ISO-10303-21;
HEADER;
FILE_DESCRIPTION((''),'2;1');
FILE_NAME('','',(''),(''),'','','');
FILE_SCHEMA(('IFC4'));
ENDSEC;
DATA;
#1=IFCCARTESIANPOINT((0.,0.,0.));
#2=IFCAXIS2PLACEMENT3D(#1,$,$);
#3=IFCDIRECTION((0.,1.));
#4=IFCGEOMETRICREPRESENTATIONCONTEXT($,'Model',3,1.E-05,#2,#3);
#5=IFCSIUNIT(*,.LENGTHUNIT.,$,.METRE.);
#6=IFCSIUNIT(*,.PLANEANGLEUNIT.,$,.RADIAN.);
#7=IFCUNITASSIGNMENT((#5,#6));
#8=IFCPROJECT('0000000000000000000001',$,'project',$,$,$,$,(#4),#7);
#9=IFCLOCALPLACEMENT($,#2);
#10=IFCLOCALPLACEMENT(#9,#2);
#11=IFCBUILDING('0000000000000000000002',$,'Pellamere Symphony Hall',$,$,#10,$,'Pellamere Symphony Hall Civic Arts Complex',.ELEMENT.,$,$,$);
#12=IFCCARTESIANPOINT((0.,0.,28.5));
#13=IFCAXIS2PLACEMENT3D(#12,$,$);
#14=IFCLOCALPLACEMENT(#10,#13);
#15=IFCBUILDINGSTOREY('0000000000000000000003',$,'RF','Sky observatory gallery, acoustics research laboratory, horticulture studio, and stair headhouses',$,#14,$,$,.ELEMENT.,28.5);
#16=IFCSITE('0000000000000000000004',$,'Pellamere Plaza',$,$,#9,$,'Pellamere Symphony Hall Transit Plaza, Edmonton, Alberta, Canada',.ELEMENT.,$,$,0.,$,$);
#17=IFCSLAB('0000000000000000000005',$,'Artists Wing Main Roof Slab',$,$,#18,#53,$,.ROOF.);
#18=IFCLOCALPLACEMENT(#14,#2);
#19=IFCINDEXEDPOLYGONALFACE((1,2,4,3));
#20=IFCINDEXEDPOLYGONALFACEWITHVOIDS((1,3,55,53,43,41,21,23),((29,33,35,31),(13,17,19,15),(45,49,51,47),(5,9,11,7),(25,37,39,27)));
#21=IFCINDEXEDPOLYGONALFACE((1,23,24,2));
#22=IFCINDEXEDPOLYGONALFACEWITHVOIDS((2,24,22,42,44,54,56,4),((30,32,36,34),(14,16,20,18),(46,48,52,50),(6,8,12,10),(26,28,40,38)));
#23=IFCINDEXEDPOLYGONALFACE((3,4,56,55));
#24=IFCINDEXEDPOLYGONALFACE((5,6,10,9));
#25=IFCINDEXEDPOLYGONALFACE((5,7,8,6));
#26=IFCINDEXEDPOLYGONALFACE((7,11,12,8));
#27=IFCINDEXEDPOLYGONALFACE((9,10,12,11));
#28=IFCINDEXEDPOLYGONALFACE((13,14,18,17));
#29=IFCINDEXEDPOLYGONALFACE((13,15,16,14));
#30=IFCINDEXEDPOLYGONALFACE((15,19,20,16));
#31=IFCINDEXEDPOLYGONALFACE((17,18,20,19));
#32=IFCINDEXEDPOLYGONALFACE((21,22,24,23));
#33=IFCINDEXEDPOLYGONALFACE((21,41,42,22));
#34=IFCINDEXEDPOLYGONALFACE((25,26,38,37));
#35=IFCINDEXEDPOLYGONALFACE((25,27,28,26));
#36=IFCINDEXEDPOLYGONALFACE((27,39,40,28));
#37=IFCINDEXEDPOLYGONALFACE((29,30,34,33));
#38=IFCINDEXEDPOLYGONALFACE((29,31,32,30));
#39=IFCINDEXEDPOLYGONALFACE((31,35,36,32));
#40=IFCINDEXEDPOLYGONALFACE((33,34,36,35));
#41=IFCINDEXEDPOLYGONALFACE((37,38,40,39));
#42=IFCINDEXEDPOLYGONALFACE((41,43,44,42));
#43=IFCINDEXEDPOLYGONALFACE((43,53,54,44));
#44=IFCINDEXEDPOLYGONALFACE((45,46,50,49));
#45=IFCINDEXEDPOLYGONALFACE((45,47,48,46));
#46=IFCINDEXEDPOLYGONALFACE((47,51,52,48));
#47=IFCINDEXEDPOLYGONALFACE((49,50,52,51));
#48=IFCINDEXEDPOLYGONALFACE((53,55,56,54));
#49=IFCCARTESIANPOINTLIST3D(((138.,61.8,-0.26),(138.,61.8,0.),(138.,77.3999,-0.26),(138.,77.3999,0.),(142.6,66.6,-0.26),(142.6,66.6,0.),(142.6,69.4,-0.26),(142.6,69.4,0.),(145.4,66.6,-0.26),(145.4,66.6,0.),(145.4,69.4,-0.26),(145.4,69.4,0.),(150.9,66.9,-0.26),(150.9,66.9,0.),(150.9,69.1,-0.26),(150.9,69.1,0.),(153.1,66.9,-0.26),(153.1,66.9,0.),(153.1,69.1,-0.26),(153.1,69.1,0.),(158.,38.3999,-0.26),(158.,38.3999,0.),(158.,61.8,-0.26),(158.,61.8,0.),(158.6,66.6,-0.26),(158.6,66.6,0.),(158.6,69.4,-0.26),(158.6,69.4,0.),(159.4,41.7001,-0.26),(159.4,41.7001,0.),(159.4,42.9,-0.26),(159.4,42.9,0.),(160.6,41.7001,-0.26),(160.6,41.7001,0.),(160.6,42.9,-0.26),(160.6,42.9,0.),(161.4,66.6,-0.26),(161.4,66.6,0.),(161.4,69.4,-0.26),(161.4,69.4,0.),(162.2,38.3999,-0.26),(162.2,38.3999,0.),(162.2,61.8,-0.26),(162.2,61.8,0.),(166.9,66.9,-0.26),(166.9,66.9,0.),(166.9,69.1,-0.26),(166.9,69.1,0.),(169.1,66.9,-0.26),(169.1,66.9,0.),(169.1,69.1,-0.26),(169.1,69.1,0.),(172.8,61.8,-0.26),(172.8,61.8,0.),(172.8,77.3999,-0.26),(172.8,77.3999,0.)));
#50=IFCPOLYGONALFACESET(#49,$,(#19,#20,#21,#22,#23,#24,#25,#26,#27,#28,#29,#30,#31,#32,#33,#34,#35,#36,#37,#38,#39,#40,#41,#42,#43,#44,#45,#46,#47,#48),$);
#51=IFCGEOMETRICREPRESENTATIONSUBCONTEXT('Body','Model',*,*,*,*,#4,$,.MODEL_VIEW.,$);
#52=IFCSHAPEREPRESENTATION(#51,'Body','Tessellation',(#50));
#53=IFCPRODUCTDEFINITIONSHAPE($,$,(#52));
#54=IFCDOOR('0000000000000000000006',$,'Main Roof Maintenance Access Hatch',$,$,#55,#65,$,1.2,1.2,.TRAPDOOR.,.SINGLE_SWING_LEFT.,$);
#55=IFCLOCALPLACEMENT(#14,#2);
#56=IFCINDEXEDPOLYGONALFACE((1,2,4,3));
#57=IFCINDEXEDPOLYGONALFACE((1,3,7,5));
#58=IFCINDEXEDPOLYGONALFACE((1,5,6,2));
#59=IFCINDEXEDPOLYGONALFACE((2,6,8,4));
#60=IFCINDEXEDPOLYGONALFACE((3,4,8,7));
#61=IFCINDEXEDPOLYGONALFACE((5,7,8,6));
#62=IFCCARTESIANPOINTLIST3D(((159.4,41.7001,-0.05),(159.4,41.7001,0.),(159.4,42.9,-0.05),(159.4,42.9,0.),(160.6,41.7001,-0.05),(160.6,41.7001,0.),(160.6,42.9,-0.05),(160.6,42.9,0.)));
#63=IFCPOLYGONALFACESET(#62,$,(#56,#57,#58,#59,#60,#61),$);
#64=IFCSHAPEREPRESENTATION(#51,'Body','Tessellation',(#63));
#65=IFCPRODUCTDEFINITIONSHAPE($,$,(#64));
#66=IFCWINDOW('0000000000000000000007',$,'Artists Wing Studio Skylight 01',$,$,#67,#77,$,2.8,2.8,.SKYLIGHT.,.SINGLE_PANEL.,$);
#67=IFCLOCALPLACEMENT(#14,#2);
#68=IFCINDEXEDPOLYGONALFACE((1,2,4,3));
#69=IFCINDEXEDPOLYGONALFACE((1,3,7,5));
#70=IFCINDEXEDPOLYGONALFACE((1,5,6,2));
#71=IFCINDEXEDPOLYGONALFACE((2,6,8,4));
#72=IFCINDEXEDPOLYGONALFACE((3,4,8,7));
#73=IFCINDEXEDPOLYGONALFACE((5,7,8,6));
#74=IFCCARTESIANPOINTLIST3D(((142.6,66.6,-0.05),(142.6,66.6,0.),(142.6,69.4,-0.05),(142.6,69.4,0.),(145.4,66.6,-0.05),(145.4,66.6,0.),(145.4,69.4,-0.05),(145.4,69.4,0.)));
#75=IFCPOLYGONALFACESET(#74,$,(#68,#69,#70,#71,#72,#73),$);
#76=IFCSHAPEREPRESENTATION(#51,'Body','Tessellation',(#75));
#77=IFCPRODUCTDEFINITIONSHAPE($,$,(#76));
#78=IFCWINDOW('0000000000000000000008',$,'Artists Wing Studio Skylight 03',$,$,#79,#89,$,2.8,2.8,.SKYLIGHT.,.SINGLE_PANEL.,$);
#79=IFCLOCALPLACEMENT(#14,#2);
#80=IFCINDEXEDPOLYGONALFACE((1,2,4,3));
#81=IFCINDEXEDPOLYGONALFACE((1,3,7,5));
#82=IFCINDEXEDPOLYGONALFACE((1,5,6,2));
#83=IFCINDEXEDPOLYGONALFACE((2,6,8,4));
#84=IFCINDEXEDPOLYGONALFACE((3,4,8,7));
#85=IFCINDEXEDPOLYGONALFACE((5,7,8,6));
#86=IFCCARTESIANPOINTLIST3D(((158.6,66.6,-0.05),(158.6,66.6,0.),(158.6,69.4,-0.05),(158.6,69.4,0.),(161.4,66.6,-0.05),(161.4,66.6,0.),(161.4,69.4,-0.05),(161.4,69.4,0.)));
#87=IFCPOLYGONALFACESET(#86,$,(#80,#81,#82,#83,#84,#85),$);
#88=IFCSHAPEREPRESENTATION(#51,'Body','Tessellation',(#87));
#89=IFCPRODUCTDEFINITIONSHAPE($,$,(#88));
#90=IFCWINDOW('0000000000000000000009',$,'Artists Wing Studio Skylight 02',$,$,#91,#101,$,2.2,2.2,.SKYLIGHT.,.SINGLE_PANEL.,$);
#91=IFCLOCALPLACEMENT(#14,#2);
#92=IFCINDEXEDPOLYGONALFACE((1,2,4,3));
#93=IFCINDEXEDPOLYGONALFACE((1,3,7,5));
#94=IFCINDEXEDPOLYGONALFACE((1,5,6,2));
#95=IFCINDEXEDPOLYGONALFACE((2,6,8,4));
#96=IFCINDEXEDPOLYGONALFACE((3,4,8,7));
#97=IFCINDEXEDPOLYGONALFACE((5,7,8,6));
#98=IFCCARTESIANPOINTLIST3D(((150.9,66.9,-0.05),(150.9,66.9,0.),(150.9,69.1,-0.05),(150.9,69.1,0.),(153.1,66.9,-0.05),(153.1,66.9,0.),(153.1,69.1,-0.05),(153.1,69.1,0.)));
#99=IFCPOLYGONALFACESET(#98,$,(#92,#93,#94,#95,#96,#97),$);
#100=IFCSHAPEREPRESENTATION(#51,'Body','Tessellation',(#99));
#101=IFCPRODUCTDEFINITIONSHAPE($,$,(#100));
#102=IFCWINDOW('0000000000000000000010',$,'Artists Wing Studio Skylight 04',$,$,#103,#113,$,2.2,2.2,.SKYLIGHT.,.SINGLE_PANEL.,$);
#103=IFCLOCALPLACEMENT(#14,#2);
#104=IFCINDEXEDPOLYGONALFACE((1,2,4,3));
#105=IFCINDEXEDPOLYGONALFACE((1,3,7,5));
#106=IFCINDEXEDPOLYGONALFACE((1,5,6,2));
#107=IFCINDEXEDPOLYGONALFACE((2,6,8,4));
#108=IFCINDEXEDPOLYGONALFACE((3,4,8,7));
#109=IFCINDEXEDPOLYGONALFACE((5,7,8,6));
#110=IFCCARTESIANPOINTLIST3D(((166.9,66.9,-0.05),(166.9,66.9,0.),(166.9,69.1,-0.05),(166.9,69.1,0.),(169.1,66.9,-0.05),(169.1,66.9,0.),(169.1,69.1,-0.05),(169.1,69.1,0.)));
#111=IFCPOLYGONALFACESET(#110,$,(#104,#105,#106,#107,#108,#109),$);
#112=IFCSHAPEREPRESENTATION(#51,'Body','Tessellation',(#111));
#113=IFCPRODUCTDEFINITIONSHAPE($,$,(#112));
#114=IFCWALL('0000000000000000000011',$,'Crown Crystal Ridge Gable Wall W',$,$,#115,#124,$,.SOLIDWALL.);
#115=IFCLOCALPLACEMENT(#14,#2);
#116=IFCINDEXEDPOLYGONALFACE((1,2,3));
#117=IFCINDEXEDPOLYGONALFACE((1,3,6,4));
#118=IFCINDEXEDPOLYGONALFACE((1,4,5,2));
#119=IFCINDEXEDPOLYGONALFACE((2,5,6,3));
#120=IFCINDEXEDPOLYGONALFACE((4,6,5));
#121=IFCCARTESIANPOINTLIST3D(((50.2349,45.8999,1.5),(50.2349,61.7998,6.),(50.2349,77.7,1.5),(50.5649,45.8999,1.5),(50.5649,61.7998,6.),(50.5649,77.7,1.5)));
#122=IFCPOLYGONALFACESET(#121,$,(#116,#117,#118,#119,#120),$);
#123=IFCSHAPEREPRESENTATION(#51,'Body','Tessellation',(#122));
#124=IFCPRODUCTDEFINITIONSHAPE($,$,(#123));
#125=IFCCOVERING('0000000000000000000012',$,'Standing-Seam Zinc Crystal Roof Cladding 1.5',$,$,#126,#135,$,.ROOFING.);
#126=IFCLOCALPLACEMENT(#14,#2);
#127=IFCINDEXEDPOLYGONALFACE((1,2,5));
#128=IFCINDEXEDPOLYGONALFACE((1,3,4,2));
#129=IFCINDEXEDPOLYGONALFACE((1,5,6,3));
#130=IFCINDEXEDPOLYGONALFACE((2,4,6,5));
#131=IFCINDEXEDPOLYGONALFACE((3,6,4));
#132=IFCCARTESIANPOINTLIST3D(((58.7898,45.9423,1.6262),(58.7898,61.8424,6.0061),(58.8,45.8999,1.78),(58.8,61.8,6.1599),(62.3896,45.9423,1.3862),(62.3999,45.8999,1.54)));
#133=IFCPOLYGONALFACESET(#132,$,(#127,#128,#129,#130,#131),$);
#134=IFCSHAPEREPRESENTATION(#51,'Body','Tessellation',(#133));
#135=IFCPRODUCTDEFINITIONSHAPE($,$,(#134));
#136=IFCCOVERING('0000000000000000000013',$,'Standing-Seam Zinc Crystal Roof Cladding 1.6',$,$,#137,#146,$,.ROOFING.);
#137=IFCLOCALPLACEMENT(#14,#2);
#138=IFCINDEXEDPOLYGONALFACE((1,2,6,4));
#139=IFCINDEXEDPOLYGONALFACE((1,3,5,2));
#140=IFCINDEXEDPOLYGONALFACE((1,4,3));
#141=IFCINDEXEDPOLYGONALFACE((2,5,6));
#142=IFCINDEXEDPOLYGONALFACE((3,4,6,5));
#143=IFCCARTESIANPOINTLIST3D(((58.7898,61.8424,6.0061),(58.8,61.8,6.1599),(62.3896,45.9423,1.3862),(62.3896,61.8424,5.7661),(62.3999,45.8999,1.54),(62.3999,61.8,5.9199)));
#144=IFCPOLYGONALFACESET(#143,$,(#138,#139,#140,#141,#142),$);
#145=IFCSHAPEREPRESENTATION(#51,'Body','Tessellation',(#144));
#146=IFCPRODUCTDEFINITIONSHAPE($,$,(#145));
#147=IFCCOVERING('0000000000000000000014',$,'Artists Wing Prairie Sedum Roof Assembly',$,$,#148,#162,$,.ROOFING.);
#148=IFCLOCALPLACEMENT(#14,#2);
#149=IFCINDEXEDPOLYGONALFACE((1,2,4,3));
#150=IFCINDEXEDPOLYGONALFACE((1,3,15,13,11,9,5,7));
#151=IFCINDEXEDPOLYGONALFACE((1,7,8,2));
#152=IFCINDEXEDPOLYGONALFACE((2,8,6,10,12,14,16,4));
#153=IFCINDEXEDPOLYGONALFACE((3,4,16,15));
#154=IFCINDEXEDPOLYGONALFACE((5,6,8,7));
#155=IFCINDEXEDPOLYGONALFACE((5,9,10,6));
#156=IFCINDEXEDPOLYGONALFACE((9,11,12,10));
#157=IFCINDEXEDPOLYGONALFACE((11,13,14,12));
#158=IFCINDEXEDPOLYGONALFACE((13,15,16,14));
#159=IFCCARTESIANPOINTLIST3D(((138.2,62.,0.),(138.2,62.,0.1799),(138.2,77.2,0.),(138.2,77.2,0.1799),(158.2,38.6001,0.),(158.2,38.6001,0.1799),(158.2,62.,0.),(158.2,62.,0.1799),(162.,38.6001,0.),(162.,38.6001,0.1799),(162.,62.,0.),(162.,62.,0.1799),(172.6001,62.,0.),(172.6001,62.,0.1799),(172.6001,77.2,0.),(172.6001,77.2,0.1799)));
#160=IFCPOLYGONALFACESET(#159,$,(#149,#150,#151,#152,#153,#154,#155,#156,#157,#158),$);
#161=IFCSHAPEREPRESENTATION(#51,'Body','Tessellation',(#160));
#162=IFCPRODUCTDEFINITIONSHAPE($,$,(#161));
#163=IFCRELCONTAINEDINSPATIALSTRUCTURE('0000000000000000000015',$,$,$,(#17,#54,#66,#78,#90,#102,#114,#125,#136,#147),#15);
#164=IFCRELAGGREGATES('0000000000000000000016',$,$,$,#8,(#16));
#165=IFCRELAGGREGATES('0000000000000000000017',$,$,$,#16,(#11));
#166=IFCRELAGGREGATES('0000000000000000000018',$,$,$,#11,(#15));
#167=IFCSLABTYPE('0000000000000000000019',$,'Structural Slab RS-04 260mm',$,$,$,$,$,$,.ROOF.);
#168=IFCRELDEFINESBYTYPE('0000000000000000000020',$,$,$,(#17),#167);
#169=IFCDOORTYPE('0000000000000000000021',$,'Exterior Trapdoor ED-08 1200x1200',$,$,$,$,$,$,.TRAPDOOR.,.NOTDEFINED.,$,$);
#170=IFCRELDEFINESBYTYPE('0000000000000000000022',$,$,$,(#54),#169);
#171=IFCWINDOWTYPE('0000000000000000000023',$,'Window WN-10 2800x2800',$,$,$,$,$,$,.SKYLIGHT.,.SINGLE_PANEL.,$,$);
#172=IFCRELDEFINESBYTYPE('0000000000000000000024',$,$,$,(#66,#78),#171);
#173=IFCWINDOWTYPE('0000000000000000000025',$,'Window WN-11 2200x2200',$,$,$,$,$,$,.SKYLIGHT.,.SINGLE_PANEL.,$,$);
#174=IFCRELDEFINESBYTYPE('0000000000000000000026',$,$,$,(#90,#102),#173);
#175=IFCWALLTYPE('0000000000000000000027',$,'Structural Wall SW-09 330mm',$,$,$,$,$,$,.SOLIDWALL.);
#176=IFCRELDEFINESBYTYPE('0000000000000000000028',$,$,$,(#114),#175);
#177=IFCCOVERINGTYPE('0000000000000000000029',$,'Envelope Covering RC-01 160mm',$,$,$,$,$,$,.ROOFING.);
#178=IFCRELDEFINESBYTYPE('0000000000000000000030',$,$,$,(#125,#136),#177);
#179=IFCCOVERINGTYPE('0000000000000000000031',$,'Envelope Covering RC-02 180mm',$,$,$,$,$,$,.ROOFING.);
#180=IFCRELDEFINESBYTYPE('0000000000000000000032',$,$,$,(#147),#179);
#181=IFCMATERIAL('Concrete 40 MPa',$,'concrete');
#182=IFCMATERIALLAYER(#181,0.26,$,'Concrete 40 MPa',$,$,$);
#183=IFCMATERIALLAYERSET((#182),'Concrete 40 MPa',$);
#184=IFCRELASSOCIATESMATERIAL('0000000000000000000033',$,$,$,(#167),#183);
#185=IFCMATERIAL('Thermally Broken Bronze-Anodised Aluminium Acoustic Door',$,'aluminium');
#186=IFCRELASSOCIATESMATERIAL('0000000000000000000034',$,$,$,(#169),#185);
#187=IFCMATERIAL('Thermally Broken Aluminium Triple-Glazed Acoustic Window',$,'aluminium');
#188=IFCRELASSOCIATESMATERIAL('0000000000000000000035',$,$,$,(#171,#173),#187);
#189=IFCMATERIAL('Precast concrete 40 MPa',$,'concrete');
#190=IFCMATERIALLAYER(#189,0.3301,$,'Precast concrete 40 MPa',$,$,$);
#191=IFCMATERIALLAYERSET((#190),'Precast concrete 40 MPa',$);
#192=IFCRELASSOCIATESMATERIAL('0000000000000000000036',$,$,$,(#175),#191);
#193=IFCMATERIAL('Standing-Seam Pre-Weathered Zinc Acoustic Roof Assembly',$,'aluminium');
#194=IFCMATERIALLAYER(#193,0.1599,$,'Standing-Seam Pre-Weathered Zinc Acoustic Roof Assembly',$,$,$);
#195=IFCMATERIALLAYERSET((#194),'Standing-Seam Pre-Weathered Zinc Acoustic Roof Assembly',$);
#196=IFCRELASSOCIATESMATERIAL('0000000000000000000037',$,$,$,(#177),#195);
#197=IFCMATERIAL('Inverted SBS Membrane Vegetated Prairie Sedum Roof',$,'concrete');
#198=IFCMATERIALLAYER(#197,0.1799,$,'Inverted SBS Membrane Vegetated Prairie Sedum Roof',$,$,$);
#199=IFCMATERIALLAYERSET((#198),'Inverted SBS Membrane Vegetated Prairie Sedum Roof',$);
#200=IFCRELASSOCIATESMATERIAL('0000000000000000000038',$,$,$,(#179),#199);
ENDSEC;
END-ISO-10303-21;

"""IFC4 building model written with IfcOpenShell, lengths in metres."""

from ifc_helpers import new_model, si_unit, direction, frame, origin, origin_2d, place, context, subcontext, project, spatial, polyline, rectangle, outline, extrude, material, layer, layer_set, type_object, element, fill, save


model = new_model("IFC4")

# Units and contexts
model_context = context("Model", 3, precision=1e-05, world=origin(), true_north=direction((0.0, 1.0)))
body_context = subcontext(model_context, "Body", "Model", "MODEL_VIEW")
ifc_project = project(units=[si_unit("LENGTHUNIT", "METRE"), si_unit("PLANEANGLEUNIT", "RADIAN")], contexts=[model_context])

# Site, building, storey
site_placement = place(None, origin())
site = spatial("IfcSite", under=ifc_project, at=site_placement, Name="Pellamere Plaza", LongName="Pellamere Symphony Hall Transit Plaza, Edmonton, Alberta, Canada", CompositionType="ELEMENT", RefElevation=0.0)
building_placement = place(site_placement, origin())
building = spatial("IfcBuilding", under=site, at=building_placement, Name="Pellamere Symphony Hall", LongName="Pellamere Symphony Hall Civic Arts Complex", CompositionType="ELEMENT")
storey_placement = place(building_placement, frame((0.0, 0.0, 28.5)))
storey = spatial("IfcBuildingStorey", under=building, at=storey_placement, Name="RF", Description="Sky observatory gallery, acoustics research laboratory, horticulture studio, and stair headhouses", CompositionType="ELEMENT", Elevation=28.5)

# Shared definitions
ifc_material_1 = material(Name="Concrete 40 MPa", Category="concrete")
ifc_material_2 = material(Name="Precast concrete 40 MPa", Category="concrete")

# Slab, openings, door, windows
ifc_layer_1 = layer(ifc_material_1, 0.26, Name="Concrete 40 MPa")
ifc_layer_set_1 = layer_set([ifc_layer_1], Name="Concrete 40 MPa")
slab_type_1 = type_object("IfcSlabType", Name="Structural Slab RS-04 260mm", PredefinedType="ROOF", material=ifc_layer_set_1)
slab_1_placement = place(storey_placement, frame((0.0, 0.0, -0.26)))
slab_1 = element("IfcSlab", 1, at=slab_1_placement, inside=storey, type_object=slab_type_1, Name="Artists Wing Main Roof Slab", PredefinedType="ROOF", context=body_context, shape_type="SweptSolid", body=[
    extrude(outline(polyline([(138.0, 77.3999), (172.8, 77.3999), (172.8, 61.8), (162.2, 61.8), (162.2, 38.3999), (158.0, 38.3999), (158.0, 61.8), (138.0, 61.8), (138.0, 77.3999)])), origin(), (0.0, 0.0, 1.0), 0.26),
])
opening_1_placement = place(slab_1_placement, frame((144.0, 68.0, 0.0)))
opening_1 = element("IfcOpeningElement", 2, at=opening_1_placement, cuts=slab_1, PredefinedType="OPENING", context=body_context, shape_type="SweptSolid", body=[
    extrude(rectangle(XDim=2.8, YDim=2.8, at=origin_2d()), frame((0.0, 0.0, -0.01)), (0.0, 0.0, 1.0), 0.28),
])
opening_2_placement = place(slab_1_placement, frame((152.0, 68.0, 0.0)))
opening_2 = element("IfcOpeningElement", 3, at=opening_2_placement, cuts=slab_1, PredefinedType="OPENING", context=body_context, shape_type="SweptSolid", body=[
    extrude(rectangle(XDim=2.2, YDim=2.2, at=origin_2d()), frame((0.0, 0.0, -0.01)), (0.0, 0.0, 1.0), 0.28),
])
opening_3_placement = place(slab_1_placement, frame((160.0, 68.0, 0.0)))
opening_3 = element("IfcOpeningElement", 4, at=opening_3_placement, cuts=slab_1, PredefinedType="OPENING", context=body_context, shape_type="SweptSolid", body=[
    extrude(rectangle(XDim=2.8, YDim=2.8, at=origin_2d()), frame((0.0, 0.0, -0.01)), (0.0, 0.0, 1.0), 0.28),
])
opening_4_placement = place(slab_1_placement, frame((168.0, 68.0, 0.0)))
opening_4 = element("IfcOpeningElement", 5, at=opening_4_placement, cuts=slab_1, PredefinedType="OPENING", context=body_context, shape_type="SweptSolid", body=[
    extrude(rectangle(XDim=2.2, YDim=2.2, at=origin_2d()), frame((0.0, 0.0, -0.01)), (0.0, 0.0, 1.0), 0.28),
])
opening_5_placement = place(slab_1_placement, frame((160.0, 42.3, 0.0)))
opening_5 = element("IfcOpeningElement", 6, at=opening_5_placement, cuts=slab_1, PredefinedType="OPENING", context=body_context, shape_type="SweptSolid", body=[
    extrude(rectangle(XDim=1.2, YDim=1.2, at=origin_2d()), frame((0.0, 0.0, -0.01)), (0.0, 0.0, 1.0), 0.28),
])
ifc_material_3 = material(Name="Thermally Broken Bronze-Anodised Aluminium Acoustic Door", Category="aluminium")
door_type = type_object("IfcDoorType", Name="Exterior Trapdoor ED-08 1200x1200", OperationType="NOTDEFINED", PredefinedType="TRAPDOOR", material=ifc_material_3)
door_placement = place(opening_5_placement, frame((0.0, 0.0, 0.21)))
door = element("IfcDoor", 7, at=door_placement, inside=storey, type_object=door_type, Name="Main Roof Maintenance Access Hatch", OperationType="SINGLE_SWING_LEFT", OverallHeight=1.2, OverallWidth=1.2, PredefinedType="TRAPDOOR", context=body_context, shape_type="SweptSolid", body=[
    extrude(rectangle(XDim=1.2, YDim=1.2, at=origin_2d()), origin(), (0.0, 0.0, 1.0), 0.05),
])
fill(opening_5, door)
ifc_material_4 = material(Name="Thermally Broken Aluminium Triple-Glazed Acoustic Window", Category="aluminium")
window_type_1 = type_object("IfcWindowType", Name="Window WN-10 2800x2800", PartitioningType="SINGLE_PANEL", PredefinedType="SKYLIGHT", material=ifc_material_4)
window_1_placement = place(opening_1_placement, frame((0.0, 0.0, 0.21)))
window_1 = element("IfcWindow", 8, at=window_1_placement, inside=storey, type_object=window_type_1, Name="Artists Wing Studio Skylight 01", OverallHeight=2.8, OverallWidth=2.8, PartitioningType="SINGLE_PANEL", PredefinedType="SKYLIGHT", context=body_context, shape_type="SweptSolid", body=[
    extrude(rectangle(XDim=2.8, YDim=2.8, at=origin_2d()), origin(), (0.0, 0.0, 1.0), 0.05),
])
fill(opening_1, window_1)
window_2_placement = place(opening_3_placement, frame((0.0, 0.0, 0.21)))
window_2 = element("IfcWindow", 9, at=window_2_placement, inside=storey, type_object=window_type_1, Name="Artists Wing Studio Skylight 03", OverallHeight=2.8, OverallWidth=2.8, PartitioningType="SINGLE_PANEL", PredefinedType="SKYLIGHT", context=body_context, shape_type="SweptSolid", body=[
    extrude(rectangle(XDim=2.8, YDim=2.8, at=origin_2d()), origin(), (0.0, 0.0, 1.0), 0.05),
])
fill(opening_3, window_2)
window_type_2 = type_object("IfcWindowType", Name="Window WN-11 2200x2200", PartitioningType="SINGLE_PANEL", PredefinedType="SKYLIGHT", material=ifc_material_4)
window_3_placement = place(opening_2_placement, frame((0.0, 0.0, 0.21)))
window_3 = element("IfcWindow", 10, at=window_3_placement, inside=storey, type_object=window_type_2, Name="Artists Wing Studio Skylight 02", OverallHeight=2.2, OverallWidth=2.2, PartitioningType="SINGLE_PANEL", PredefinedType="SKYLIGHT", context=body_context, shape_type="SweptSolid", body=[
    extrude(rectangle(XDim=2.2, YDim=2.2, at=origin_2d()), origin(), (0.0, 0.0, 1.0), 0.05),
])
fill(opening_2, window_3)
window_4_placement = place(opening_4_placement, frame((0.0, 0.0, 0.21)))
window_4 = element("IfcWindow", 11, at=window_4_placement, inside=storey, type_object=window_type_2, Name="Artists Wing Studio Skylight 04", OverallHeight=2.2, OverallWidth=2.2, PartitioningType="SINGLE_PANEL", PredefinedType="SKYLIGHT", context=body_context, shape_type="SweptSolid", body=[
    extrude(rectangle(XDim=2.2, YDim=2.2, at=origin_2d()), origin(), (0.0, 0.0, 1.0), 0.05),
])
fill(opening_4, window_4)

# Wall
ifc_layer_2 = layer(ifc_material_2, 0.3301, Name="Precast concrete 40 MPa")
ifc_layer_set_2 = layer_set([ifc_layer_2], Name="Precast concrete 40 MPa")
wall_type = type_object("IfcWallType", Name="Structural Wall SW-09 330mm", PredefinedType="SOLIDWALL", material=ifc_layer_set_2)
wall_placement = place(storey_placement, frame((50.3999, 45.8999, 1.5), z_axis=(0.0, 0.0, 1.0), x_axis=(0.0, 1.0, 0.0)))
element("IfcWall", 12, at=wall_placement, inside=storey, type_object=wall_type, Name="Crown Crystal Ridge Gable Wall W", PredefinedType="SOLIDWALL", context=body_context, shape_type="SweptSolid", body=[
    extrude(outline(polyline([(0.0, 0.0), (31.8, 0.0), (31.8, 0.0), (15.8999, 4.5), (0.0, 0.0), (0.0, 0.0)])), frame((0.0, 0.165, 0.0), z_axis=(0.0, -1.0, 0.0), x_axis=(1.0, 0.0, 0.0)), (0.0, 0.0, 1.0), 0.3301),
])

# Coverings
ifc_material_5 = material(Name="Standing-Seam Pre-Weathered Zinc Acoustic Roof Assembly", Category="aluminium")
ifc_layer_3 = layer(ifc_material_5, 0.1599, Name="Standing-Seam Pre-Weathered Zinc Acoustic Roof Assembly")
ifc_layer_set_3 = layer_set([ifc_layer_3], Name="Standing-Seam Pre-Weathered Zinc Acoustic Roof Assembly")
covering_type_1 = type_object("IfcCoveringType", Name="Envelope Covering RC-01 160mm", PredefinedType="ROOFING", material=ifc_layer_set_3)
covering_1_placement = place(storey_placement, frame((58.8, 45.8999, 1.78), z_axis=(0.06414, -0.265024, 0.962106), x_axis=(0.997785, 0.0, -0.066519)))
element("IfcCovering", 13, at=covering_1_placement, inside=storey, type_object=covering_type_1, Name="Standing-Seam Zinc Crystal Roof Cladding 1.5", PredefinedType="ROOFING", context=body_context, shape_type="SweptSolid", body=[
    extrude(outline(polyline([(0.0, 0.0), (3.6078, 0.0), (-0.2913, 16.4898), (0.0, 0.0)])), origin(), (0.0, 0.0, -1.0), 0.1599),
])
covering_2_placement = place(storey_placement, frame((62.3999, 45.8999, 1.54), z_axis=(0.06414, -0.265024, 0.962106), x_axis=(0.0, 0.964091, 0.26557)))
element("IfcCovering", 14, at=covering_2_placement, inside=storey, type_object=covering_type_1, Name="Standing-Seam Zinc Crystal Roof Cladding 1.6", PredefinedType="ROOFING", context=body_context, shape_type="SweptSolid", body=[
    extrude(outline(polyline([(0.0, 0.0), (16.4924, 0.0), (16.5561, 3.6073), (0.0, 0.0)])), origin(), (0.0, 0.0, -1.0), 0.1599),
])
ifc_material_6 = material(Name="Inverted SBS Membrane Vegetated Prairie Sedum Roof", Category="concrete")
ifc_layer_4 = layer(ifc_material_6, 0.1799, Name="Inverted SBS Membrane Vegetated Prairie Sedum Roof")
ifc_layer_set_4 = layer_set([ifc_layer_4], Name="Inverted SBS Membrane Vegetated Prairie Sedum Roof")
covering_type_2 = type_object("IfcCoveringType", Name="Envelope Covering RC-02 180mm", PredefinedType="ROOFING", material=ifc_layer_set_4)
covering_3_placement = place(storey_placement, origin())
element("IfcCovering", 15, at=covering_3_placement, inside=storey, type_object=covering_type_2, Name="Artists Wing Prairie Sedum Roof Assembly", PredefinedType="ROOFING", context=body_context, shape_type="SweptSolid", body=[
    extrude(outline(polyline([(138.2, 77.2), (172.6001, 77.2), (172.6001, 62.0), (162.0, 62.0), (162.0, 38.6001), (158.2, 38.6001), (158.2, 62.0), (138.2, 62.0), (138.2, 77.2)])), origin(), (0.0, 0.0, 1.0), 0.1799),
])

save(model, "model.ifc")
